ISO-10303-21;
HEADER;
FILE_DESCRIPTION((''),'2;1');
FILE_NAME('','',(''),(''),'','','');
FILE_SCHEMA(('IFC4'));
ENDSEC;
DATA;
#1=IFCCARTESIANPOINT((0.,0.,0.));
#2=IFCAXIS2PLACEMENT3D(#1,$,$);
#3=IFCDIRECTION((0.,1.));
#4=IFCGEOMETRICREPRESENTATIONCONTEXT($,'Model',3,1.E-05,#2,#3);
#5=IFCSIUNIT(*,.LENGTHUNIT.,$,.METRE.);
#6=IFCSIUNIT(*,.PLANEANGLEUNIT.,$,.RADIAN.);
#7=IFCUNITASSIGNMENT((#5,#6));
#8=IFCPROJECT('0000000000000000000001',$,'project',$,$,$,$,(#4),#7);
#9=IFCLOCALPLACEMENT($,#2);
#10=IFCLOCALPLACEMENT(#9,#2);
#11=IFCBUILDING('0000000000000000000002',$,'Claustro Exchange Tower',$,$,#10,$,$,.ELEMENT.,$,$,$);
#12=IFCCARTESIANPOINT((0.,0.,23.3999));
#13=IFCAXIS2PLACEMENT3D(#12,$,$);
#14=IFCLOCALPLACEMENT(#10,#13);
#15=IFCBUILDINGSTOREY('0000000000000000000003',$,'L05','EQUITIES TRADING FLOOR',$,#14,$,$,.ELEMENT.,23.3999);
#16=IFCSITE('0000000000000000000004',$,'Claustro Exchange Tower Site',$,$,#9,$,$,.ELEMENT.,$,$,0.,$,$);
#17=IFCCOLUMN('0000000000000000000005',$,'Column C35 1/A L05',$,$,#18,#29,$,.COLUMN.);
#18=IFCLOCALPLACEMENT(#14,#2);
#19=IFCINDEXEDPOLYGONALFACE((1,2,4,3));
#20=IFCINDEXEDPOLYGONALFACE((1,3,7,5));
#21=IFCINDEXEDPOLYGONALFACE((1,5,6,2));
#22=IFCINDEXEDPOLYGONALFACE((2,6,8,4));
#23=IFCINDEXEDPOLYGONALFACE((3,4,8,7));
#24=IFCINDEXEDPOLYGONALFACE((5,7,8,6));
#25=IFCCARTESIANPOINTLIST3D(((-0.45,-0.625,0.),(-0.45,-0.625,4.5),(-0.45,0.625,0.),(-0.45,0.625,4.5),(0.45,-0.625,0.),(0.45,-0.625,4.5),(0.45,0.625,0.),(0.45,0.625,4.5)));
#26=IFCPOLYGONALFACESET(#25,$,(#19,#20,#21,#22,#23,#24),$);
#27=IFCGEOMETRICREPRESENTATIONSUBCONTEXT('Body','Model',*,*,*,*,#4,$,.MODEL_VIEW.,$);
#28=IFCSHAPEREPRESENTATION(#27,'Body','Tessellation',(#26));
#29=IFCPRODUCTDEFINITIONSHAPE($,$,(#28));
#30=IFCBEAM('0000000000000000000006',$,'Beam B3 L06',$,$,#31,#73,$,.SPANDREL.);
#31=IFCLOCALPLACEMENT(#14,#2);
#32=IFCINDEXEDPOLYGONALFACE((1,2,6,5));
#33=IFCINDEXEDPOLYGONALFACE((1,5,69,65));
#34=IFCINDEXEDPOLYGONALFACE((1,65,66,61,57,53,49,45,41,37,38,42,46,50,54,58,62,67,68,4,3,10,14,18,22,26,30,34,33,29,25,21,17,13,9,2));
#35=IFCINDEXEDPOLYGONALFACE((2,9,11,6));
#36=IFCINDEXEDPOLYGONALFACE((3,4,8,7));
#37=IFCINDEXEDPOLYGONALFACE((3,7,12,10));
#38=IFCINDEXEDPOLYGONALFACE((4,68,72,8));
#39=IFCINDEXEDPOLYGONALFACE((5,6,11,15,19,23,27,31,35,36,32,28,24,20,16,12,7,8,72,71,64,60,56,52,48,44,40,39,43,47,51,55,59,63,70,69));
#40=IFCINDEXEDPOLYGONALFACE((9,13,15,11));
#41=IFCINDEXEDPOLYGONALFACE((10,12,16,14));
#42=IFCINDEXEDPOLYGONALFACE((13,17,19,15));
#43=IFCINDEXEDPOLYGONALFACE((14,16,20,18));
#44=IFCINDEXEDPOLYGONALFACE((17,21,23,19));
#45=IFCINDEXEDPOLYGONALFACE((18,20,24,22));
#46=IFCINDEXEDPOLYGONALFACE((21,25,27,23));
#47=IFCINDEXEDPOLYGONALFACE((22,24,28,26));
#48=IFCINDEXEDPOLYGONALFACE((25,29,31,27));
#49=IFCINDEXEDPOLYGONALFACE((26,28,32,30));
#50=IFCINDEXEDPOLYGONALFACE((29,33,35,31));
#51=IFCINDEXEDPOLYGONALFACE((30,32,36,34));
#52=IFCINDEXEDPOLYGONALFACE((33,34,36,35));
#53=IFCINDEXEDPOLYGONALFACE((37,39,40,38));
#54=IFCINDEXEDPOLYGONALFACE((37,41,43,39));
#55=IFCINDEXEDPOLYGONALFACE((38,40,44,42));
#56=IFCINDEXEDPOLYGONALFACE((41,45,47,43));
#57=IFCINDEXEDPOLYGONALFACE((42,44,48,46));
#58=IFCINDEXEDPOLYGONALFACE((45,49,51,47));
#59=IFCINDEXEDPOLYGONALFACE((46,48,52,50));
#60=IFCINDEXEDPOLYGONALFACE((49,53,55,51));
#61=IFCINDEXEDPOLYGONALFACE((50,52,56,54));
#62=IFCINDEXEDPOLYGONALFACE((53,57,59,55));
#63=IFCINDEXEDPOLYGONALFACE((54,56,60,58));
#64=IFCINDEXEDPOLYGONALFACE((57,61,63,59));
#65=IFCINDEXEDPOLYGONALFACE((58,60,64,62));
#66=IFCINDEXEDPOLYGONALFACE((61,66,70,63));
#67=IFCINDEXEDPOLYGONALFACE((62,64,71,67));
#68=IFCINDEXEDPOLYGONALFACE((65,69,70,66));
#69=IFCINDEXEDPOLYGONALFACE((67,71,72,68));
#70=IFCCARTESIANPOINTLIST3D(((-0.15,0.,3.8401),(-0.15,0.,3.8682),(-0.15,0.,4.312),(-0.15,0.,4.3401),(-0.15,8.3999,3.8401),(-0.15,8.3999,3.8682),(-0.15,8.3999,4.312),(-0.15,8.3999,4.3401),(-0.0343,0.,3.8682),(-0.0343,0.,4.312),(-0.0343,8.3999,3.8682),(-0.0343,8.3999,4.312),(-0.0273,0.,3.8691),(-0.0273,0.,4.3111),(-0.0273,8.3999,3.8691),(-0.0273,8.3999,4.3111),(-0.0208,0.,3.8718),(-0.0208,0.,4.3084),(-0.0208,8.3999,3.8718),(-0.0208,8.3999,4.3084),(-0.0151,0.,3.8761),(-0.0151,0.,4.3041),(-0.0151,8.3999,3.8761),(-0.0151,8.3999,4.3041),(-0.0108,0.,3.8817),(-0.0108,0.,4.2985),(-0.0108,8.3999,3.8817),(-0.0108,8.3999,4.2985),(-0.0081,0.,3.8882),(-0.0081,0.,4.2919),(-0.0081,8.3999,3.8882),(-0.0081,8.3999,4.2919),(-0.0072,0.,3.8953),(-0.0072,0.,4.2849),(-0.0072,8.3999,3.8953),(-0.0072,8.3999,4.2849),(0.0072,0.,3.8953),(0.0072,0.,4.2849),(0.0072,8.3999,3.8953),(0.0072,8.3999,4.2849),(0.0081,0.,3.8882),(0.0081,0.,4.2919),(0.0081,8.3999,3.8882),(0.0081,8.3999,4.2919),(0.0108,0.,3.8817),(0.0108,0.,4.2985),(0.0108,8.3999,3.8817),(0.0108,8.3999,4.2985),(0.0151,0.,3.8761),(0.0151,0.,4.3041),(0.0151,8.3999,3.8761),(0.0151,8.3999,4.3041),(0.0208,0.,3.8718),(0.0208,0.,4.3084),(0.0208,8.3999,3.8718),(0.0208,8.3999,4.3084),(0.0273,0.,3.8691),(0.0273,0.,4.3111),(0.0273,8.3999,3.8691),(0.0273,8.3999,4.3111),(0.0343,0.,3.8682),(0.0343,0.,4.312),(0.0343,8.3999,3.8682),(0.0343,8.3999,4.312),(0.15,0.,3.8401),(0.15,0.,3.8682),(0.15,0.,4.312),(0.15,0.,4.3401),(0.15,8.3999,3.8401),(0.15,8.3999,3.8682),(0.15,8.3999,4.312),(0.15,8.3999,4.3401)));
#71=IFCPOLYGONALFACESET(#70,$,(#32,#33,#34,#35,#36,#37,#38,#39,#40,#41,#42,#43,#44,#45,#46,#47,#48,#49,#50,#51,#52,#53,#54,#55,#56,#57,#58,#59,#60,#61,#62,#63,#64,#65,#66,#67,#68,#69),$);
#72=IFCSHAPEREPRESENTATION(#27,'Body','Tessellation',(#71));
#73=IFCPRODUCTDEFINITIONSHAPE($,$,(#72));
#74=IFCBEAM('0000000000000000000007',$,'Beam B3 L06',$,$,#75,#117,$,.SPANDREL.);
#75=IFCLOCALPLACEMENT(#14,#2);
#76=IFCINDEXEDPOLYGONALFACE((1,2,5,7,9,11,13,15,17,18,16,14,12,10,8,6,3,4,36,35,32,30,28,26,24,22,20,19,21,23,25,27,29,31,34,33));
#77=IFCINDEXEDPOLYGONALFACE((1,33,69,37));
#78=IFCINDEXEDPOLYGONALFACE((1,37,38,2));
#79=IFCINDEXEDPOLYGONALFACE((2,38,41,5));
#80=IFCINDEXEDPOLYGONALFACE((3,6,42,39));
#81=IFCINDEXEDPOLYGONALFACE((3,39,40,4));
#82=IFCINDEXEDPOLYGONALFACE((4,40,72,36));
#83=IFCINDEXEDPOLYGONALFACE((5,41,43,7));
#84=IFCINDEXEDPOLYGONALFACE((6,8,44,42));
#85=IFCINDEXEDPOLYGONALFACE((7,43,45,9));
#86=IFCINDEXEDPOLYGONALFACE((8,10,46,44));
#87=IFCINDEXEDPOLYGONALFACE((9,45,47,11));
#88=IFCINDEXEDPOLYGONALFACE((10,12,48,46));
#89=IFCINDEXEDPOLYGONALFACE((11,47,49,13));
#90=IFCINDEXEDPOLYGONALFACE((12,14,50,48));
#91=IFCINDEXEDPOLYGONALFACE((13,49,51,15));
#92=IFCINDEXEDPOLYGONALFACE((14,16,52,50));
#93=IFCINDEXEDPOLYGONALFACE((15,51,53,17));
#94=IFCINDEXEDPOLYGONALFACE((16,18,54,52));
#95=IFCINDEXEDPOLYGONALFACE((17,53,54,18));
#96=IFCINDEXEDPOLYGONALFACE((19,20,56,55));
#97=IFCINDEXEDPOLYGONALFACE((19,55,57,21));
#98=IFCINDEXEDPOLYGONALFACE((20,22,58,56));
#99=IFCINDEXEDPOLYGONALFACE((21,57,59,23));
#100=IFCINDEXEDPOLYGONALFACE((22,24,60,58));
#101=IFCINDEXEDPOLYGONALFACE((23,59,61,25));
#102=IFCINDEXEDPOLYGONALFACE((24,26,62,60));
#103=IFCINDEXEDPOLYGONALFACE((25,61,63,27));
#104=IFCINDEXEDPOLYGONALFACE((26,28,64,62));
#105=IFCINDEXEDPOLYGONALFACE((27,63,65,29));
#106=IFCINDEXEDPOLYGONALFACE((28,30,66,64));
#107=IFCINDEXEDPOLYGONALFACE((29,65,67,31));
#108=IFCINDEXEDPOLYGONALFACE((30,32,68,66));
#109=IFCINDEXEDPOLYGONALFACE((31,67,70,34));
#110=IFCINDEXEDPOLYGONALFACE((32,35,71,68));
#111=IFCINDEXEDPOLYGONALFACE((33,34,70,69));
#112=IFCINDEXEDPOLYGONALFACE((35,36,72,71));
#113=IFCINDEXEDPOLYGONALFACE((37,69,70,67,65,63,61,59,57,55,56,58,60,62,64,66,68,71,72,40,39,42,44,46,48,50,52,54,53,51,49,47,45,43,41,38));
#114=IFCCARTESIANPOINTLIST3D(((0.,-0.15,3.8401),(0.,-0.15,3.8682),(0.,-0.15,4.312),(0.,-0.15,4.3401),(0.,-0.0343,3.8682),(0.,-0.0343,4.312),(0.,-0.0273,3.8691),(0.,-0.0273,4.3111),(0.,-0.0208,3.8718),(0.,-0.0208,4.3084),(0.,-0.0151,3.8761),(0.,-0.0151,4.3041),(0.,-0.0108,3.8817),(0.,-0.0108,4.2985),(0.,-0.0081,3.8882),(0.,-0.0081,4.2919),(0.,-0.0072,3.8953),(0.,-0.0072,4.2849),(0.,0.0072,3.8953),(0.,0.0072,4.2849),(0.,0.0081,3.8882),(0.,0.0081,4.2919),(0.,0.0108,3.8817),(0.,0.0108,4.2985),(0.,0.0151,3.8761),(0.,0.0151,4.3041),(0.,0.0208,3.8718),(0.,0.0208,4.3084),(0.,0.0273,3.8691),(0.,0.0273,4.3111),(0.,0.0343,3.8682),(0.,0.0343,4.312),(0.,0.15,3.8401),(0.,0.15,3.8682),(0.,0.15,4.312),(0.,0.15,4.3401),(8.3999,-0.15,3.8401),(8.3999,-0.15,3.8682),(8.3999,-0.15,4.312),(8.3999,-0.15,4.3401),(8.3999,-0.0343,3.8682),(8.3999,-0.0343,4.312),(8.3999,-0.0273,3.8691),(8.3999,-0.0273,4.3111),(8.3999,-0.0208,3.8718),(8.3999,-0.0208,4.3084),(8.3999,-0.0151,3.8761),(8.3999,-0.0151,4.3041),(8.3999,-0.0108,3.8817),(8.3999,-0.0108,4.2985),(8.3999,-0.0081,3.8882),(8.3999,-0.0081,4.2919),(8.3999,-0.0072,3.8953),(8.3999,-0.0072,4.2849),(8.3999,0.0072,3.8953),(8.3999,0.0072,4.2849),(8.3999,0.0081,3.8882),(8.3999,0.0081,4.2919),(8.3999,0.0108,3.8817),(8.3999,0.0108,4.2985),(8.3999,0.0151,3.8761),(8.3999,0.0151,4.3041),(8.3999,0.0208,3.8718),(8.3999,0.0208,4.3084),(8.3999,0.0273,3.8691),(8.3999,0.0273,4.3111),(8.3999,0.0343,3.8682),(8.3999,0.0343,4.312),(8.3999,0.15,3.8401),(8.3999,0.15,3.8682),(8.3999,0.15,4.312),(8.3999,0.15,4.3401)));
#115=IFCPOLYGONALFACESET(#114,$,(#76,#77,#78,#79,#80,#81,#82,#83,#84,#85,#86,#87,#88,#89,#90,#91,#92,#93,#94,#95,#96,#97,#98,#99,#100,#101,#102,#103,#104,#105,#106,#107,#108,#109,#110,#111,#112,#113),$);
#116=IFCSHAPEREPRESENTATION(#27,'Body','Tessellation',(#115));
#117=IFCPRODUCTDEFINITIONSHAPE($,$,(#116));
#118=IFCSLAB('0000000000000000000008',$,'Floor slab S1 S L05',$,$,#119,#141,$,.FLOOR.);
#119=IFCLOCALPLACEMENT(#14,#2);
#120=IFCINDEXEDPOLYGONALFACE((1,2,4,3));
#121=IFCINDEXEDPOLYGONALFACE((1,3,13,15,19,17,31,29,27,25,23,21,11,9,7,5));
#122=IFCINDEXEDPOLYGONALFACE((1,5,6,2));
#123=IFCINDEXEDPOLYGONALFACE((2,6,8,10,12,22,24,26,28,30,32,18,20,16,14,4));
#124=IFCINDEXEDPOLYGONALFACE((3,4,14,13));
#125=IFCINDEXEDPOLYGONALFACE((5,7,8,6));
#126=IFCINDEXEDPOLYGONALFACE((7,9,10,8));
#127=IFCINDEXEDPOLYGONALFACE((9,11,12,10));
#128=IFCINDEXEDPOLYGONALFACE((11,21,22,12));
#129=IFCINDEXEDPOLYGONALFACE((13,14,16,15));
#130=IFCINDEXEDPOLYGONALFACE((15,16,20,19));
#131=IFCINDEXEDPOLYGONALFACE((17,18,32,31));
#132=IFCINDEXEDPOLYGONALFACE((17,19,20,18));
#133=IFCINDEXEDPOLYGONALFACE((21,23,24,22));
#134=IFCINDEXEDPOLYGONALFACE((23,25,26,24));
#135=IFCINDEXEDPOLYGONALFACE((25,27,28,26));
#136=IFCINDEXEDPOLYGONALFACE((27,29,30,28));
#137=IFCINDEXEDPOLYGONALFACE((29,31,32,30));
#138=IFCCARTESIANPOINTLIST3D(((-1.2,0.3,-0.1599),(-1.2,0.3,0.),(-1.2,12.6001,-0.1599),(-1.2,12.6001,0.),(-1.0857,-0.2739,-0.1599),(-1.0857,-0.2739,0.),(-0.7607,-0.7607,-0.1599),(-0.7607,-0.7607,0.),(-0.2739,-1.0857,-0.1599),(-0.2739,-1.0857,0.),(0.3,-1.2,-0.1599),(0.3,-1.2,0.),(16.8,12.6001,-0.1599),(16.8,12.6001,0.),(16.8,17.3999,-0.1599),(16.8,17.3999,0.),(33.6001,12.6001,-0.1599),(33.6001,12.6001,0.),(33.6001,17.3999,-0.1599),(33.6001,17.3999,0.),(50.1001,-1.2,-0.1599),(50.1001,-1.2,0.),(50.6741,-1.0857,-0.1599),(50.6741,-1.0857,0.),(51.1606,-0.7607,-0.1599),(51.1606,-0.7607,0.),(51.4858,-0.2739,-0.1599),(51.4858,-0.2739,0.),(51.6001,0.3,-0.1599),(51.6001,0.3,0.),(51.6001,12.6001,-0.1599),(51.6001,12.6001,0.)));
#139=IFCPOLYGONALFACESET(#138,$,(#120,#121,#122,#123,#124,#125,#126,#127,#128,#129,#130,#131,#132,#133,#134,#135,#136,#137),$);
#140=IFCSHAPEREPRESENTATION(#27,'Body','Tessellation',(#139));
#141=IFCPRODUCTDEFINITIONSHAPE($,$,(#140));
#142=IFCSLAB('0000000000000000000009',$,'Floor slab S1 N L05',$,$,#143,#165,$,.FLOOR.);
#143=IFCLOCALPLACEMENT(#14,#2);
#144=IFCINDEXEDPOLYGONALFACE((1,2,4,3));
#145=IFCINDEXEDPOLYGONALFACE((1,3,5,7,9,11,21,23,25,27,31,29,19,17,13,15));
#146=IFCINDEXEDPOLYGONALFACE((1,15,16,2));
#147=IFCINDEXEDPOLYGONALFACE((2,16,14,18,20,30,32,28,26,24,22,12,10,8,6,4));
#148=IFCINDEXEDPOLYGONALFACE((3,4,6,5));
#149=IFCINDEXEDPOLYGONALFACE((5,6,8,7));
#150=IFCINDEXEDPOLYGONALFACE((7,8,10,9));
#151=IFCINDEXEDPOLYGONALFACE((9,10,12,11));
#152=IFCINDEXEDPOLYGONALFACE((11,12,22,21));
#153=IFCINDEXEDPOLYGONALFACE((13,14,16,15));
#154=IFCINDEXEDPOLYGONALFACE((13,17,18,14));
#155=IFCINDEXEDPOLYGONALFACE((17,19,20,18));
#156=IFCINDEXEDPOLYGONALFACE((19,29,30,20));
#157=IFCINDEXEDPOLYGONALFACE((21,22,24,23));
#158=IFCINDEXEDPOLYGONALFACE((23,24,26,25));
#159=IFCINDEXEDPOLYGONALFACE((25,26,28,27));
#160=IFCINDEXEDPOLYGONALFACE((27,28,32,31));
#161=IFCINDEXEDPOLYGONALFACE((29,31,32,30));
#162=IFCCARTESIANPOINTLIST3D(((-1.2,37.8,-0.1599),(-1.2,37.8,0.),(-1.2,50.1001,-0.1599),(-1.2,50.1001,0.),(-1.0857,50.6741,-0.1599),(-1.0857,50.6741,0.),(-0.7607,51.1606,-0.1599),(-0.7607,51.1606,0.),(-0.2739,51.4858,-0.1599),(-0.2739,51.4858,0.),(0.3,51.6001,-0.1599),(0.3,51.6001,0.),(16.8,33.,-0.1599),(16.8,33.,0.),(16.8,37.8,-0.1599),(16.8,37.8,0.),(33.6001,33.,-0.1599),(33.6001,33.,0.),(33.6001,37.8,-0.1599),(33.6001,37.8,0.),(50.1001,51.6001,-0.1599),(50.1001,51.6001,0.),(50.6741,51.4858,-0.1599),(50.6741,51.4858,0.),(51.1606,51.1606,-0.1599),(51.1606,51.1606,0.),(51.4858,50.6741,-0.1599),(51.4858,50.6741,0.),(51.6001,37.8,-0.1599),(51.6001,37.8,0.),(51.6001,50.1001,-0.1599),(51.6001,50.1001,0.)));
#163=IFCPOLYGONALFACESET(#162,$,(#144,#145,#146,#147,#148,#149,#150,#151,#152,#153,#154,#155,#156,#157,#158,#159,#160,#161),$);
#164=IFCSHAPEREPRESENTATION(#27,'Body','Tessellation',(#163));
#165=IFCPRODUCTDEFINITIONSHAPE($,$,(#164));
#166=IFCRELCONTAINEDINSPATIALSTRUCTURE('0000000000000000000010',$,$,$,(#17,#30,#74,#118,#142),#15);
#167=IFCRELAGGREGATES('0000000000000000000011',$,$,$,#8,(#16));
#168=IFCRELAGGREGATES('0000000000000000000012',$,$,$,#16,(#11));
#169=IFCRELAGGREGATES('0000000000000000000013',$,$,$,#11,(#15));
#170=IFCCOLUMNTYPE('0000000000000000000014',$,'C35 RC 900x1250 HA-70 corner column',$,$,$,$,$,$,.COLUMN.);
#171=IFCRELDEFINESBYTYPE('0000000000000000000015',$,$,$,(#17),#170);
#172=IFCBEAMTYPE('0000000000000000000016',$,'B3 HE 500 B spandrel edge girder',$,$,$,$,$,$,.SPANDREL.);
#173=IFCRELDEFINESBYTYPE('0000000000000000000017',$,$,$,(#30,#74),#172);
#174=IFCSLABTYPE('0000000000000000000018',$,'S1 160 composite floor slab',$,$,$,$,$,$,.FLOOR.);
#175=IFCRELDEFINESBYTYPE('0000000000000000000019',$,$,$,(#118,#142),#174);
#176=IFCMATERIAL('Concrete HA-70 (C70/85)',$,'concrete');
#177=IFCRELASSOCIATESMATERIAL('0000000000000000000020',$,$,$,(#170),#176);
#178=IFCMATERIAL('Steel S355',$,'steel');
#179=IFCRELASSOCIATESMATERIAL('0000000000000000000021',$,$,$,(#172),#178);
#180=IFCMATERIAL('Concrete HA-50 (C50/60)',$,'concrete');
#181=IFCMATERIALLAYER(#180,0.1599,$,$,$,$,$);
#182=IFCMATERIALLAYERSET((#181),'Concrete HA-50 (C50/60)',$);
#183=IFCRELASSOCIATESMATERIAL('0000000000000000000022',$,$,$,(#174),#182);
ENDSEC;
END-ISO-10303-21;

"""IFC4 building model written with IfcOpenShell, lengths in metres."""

from ifc_helpers import new_model, si_unit, direction, frame, origin, origin_with_axes, origin_2d, place, context, subcontext, project, spatial, polyline, rectangle, i_section, outline, extrude, material, layer, layer_set, material_profile, profile_set, type_object, element, save


model = new_model("IFC4")

# Units and contexts
model_context = context("Model", 3, precision=1e-05, world=origin(), true_north=direction((0.0, 1.0)))
body_context = subcontext(model_context, "Body", "Model", "MODEL_VIEW")
ifc_project = project(units=[si_unit("LENGTHUNIT", "METRE"), si_unit("PLANEANGLEUNIT", "RADIAN")], contexts=[model_context])

# Site, building, storey
site_placement = place(None, origin())
site = spatial("IfcSite", under=ifc_project, at=site_placement, Name="Claustro Exchange Tower Site", CompositionType="ELEMENT", RefElevation=0.0)
building_placement = place(site_placement, origin())
building = spatial("IfcBuilding", under=site, at=building_placement, Name="Claustro Exchange Tower", CompositionType="ELEMENT")
storey_placement = place(building_placement, frame((0.0, 0.0, 23.3999)))
storey = spatial("IfcBuildingStorey", under=building, at=storey_placement, Name="L05", Description="EQUITIES TRADING FLOOR", CompositionType="ELEMENT", Elevation=23.3999)

# Column
ifc_material_1 = material(Name="Concrete HA-70 (C70/85)", Category="concrete")
ifc_material_profile_1 = material_profile(ifc_material_1, rectangle(XDim=0.8999, YDim=1.25, at=origin_2d()), Name="RC 900x1250")
ifc_profile_set_1 = profile_set([ifc_material_profile_1], Name="Concrete HA-70 (C70/85)")
column_type = type_object("IfcColumnType", Name="C35 RC 900x1250 HA-70 corner column", PredefinedType="COLUMN", material=ifc_profile_set_1)
column_placement = place(storey_placement, origin_with_axes())
element("IfcColumn", 1, at=column_placement, inside=storey, type_object=column_type, Name="Column C35 1/A L05", PredefinedType="COLUMN", context=body_context, shape_type="SweptSolid", body=[
    extrude(rectangle(XDim=0.8999, YDim=1.25, at=origin_2d()), origin(), (0.0, 0.0, 1.0), 4.5),
])

# Beams
ifc_material_2 = material(Name="Steel S355", Category="steel")
ifc_material_profile_2 = material_profile(ifc_material_2, i_section(OverallWidth=0.3, OverallDepth=0.5, WebThickness=0.0144, FlangeThickness=0.0281, FilletRadius=0.0271, at=origin_2d()), Name="HE 500 B")
ifc_profile_set_2 = profile_set([ifc_material_profile_2], Name="Steel S355")
beam_type = type_object("IfcBeamType", Name="B3 HE 500 B spandrel edge girder", PredefinedType="SPANDREL", material=ifc_profile_set_2)
for number, where, z_axis, x_axis, name in (
    (2, (0.0, 0.0, 4.0901), (0.0, 1.0, 0.0), (-1.0, 0.0, 0.0), "Beam B3 L06"),
    (3, (0.0, 0.0, 4.0901), (1.0, 0.0, 0.0), (0.0, 1.0, 0.0), "Beam B3 L06"),
):
    element("IfcBeam", number, at=place(storey_placement, frame(where, z_axis=z_axis, x_axis=x_axis)), inside=storey, type_object=beam_type, Name=name, PredefinedType="SPANDREL", context=body_context, shape_type="SweptSolid", body=[
        extrude(i_section(OverallWidth=0.3, OverallDepth=0.5, WebThickness=0.0144, FlangeThickness=0.0281, FilletRadius=0.0271, at=origin_2d()), origin(), (0.0, 0.0, 1.0), 8.3999),
    ])

# Slabs
ifc_material_3 = material(Name="Concrete HA-50 (C50/60)", Category="concrete")
ifc_layer_1 = layer(ifc_material_3, 0.1599)
ifc_layer_set_1 = layer_set([ifc_layer_1], Name="Concrete HA-50 (C50/60)")
slab_type_1 = type_object("IfcSlabType", Name="S1 160 composite floor slab", PredefinedType="FLOOR", material=ifc_layer_set_1)
slab_1_placement = place(storey_placement, frame((0.0, 0.0, -0.1599)))
element("IfcSlab", 4, at=slab_1_placement, inside=storey, type_object=slab_type_1, Name="Floor slab S1 S L05", PredefinedType="FLOOR", context=body_context, shape_type="SweptSolid", body=[
    extrude(outline(polyline([(-0.2739, -1.0857), (0.3, -1.2), (50.1001, -1.2), (50.6741, -1.0857), (51.1606, -0.7607), (51.4858, -0.2739), (51.6001, 0.3), (51.6001, 12.6001), (33.6001, 12.6001), (33.6001, 17.3999), (16.8, 17.3999), (16.8, 12.6001), (-1.2, 12.6001), (-1.2, 0.3), (-1.0857, -0.2739), (-0.7607, -0.7607), (-0.2739, -1.0857)])), origin(), (0.0, 0.0, 1.0), 0.1599),
])
slab_2_placement = place(storey_placement, frame((0.0, 0.0, -0.1599)))
element("IfcSlab", 5, at=slab_2_placement, inside=storey, type_object=slab_type_1, Name="Floor slab S1 N L05", PredefinedType="FLOOR", context=body_context, shape_type="SweptSolid", body=[
    extrude(outline(polyline([(16.8, 37.8), (16.8, 33.0), (33.6001, 33.0), (33.6001, 37.8), (51.6001, 37.8), (51.6001, 50.1001), (51.4858, 50.6741), (51.1606, 51.1606), (50.6741, 51.4858), (50.1001, 51.6001), (0.3, 51.6001), (-0.2739, 51.4858), (-0.7607, 51.1606), (-1.0857, 50.6741), (-1.2, 50.1001), (-1.2, 37.8), (16.8, 37.8)])), origin(), (0.0, 0.0, 1.0), 0.1599),
])

save(model, "model.ifc")
